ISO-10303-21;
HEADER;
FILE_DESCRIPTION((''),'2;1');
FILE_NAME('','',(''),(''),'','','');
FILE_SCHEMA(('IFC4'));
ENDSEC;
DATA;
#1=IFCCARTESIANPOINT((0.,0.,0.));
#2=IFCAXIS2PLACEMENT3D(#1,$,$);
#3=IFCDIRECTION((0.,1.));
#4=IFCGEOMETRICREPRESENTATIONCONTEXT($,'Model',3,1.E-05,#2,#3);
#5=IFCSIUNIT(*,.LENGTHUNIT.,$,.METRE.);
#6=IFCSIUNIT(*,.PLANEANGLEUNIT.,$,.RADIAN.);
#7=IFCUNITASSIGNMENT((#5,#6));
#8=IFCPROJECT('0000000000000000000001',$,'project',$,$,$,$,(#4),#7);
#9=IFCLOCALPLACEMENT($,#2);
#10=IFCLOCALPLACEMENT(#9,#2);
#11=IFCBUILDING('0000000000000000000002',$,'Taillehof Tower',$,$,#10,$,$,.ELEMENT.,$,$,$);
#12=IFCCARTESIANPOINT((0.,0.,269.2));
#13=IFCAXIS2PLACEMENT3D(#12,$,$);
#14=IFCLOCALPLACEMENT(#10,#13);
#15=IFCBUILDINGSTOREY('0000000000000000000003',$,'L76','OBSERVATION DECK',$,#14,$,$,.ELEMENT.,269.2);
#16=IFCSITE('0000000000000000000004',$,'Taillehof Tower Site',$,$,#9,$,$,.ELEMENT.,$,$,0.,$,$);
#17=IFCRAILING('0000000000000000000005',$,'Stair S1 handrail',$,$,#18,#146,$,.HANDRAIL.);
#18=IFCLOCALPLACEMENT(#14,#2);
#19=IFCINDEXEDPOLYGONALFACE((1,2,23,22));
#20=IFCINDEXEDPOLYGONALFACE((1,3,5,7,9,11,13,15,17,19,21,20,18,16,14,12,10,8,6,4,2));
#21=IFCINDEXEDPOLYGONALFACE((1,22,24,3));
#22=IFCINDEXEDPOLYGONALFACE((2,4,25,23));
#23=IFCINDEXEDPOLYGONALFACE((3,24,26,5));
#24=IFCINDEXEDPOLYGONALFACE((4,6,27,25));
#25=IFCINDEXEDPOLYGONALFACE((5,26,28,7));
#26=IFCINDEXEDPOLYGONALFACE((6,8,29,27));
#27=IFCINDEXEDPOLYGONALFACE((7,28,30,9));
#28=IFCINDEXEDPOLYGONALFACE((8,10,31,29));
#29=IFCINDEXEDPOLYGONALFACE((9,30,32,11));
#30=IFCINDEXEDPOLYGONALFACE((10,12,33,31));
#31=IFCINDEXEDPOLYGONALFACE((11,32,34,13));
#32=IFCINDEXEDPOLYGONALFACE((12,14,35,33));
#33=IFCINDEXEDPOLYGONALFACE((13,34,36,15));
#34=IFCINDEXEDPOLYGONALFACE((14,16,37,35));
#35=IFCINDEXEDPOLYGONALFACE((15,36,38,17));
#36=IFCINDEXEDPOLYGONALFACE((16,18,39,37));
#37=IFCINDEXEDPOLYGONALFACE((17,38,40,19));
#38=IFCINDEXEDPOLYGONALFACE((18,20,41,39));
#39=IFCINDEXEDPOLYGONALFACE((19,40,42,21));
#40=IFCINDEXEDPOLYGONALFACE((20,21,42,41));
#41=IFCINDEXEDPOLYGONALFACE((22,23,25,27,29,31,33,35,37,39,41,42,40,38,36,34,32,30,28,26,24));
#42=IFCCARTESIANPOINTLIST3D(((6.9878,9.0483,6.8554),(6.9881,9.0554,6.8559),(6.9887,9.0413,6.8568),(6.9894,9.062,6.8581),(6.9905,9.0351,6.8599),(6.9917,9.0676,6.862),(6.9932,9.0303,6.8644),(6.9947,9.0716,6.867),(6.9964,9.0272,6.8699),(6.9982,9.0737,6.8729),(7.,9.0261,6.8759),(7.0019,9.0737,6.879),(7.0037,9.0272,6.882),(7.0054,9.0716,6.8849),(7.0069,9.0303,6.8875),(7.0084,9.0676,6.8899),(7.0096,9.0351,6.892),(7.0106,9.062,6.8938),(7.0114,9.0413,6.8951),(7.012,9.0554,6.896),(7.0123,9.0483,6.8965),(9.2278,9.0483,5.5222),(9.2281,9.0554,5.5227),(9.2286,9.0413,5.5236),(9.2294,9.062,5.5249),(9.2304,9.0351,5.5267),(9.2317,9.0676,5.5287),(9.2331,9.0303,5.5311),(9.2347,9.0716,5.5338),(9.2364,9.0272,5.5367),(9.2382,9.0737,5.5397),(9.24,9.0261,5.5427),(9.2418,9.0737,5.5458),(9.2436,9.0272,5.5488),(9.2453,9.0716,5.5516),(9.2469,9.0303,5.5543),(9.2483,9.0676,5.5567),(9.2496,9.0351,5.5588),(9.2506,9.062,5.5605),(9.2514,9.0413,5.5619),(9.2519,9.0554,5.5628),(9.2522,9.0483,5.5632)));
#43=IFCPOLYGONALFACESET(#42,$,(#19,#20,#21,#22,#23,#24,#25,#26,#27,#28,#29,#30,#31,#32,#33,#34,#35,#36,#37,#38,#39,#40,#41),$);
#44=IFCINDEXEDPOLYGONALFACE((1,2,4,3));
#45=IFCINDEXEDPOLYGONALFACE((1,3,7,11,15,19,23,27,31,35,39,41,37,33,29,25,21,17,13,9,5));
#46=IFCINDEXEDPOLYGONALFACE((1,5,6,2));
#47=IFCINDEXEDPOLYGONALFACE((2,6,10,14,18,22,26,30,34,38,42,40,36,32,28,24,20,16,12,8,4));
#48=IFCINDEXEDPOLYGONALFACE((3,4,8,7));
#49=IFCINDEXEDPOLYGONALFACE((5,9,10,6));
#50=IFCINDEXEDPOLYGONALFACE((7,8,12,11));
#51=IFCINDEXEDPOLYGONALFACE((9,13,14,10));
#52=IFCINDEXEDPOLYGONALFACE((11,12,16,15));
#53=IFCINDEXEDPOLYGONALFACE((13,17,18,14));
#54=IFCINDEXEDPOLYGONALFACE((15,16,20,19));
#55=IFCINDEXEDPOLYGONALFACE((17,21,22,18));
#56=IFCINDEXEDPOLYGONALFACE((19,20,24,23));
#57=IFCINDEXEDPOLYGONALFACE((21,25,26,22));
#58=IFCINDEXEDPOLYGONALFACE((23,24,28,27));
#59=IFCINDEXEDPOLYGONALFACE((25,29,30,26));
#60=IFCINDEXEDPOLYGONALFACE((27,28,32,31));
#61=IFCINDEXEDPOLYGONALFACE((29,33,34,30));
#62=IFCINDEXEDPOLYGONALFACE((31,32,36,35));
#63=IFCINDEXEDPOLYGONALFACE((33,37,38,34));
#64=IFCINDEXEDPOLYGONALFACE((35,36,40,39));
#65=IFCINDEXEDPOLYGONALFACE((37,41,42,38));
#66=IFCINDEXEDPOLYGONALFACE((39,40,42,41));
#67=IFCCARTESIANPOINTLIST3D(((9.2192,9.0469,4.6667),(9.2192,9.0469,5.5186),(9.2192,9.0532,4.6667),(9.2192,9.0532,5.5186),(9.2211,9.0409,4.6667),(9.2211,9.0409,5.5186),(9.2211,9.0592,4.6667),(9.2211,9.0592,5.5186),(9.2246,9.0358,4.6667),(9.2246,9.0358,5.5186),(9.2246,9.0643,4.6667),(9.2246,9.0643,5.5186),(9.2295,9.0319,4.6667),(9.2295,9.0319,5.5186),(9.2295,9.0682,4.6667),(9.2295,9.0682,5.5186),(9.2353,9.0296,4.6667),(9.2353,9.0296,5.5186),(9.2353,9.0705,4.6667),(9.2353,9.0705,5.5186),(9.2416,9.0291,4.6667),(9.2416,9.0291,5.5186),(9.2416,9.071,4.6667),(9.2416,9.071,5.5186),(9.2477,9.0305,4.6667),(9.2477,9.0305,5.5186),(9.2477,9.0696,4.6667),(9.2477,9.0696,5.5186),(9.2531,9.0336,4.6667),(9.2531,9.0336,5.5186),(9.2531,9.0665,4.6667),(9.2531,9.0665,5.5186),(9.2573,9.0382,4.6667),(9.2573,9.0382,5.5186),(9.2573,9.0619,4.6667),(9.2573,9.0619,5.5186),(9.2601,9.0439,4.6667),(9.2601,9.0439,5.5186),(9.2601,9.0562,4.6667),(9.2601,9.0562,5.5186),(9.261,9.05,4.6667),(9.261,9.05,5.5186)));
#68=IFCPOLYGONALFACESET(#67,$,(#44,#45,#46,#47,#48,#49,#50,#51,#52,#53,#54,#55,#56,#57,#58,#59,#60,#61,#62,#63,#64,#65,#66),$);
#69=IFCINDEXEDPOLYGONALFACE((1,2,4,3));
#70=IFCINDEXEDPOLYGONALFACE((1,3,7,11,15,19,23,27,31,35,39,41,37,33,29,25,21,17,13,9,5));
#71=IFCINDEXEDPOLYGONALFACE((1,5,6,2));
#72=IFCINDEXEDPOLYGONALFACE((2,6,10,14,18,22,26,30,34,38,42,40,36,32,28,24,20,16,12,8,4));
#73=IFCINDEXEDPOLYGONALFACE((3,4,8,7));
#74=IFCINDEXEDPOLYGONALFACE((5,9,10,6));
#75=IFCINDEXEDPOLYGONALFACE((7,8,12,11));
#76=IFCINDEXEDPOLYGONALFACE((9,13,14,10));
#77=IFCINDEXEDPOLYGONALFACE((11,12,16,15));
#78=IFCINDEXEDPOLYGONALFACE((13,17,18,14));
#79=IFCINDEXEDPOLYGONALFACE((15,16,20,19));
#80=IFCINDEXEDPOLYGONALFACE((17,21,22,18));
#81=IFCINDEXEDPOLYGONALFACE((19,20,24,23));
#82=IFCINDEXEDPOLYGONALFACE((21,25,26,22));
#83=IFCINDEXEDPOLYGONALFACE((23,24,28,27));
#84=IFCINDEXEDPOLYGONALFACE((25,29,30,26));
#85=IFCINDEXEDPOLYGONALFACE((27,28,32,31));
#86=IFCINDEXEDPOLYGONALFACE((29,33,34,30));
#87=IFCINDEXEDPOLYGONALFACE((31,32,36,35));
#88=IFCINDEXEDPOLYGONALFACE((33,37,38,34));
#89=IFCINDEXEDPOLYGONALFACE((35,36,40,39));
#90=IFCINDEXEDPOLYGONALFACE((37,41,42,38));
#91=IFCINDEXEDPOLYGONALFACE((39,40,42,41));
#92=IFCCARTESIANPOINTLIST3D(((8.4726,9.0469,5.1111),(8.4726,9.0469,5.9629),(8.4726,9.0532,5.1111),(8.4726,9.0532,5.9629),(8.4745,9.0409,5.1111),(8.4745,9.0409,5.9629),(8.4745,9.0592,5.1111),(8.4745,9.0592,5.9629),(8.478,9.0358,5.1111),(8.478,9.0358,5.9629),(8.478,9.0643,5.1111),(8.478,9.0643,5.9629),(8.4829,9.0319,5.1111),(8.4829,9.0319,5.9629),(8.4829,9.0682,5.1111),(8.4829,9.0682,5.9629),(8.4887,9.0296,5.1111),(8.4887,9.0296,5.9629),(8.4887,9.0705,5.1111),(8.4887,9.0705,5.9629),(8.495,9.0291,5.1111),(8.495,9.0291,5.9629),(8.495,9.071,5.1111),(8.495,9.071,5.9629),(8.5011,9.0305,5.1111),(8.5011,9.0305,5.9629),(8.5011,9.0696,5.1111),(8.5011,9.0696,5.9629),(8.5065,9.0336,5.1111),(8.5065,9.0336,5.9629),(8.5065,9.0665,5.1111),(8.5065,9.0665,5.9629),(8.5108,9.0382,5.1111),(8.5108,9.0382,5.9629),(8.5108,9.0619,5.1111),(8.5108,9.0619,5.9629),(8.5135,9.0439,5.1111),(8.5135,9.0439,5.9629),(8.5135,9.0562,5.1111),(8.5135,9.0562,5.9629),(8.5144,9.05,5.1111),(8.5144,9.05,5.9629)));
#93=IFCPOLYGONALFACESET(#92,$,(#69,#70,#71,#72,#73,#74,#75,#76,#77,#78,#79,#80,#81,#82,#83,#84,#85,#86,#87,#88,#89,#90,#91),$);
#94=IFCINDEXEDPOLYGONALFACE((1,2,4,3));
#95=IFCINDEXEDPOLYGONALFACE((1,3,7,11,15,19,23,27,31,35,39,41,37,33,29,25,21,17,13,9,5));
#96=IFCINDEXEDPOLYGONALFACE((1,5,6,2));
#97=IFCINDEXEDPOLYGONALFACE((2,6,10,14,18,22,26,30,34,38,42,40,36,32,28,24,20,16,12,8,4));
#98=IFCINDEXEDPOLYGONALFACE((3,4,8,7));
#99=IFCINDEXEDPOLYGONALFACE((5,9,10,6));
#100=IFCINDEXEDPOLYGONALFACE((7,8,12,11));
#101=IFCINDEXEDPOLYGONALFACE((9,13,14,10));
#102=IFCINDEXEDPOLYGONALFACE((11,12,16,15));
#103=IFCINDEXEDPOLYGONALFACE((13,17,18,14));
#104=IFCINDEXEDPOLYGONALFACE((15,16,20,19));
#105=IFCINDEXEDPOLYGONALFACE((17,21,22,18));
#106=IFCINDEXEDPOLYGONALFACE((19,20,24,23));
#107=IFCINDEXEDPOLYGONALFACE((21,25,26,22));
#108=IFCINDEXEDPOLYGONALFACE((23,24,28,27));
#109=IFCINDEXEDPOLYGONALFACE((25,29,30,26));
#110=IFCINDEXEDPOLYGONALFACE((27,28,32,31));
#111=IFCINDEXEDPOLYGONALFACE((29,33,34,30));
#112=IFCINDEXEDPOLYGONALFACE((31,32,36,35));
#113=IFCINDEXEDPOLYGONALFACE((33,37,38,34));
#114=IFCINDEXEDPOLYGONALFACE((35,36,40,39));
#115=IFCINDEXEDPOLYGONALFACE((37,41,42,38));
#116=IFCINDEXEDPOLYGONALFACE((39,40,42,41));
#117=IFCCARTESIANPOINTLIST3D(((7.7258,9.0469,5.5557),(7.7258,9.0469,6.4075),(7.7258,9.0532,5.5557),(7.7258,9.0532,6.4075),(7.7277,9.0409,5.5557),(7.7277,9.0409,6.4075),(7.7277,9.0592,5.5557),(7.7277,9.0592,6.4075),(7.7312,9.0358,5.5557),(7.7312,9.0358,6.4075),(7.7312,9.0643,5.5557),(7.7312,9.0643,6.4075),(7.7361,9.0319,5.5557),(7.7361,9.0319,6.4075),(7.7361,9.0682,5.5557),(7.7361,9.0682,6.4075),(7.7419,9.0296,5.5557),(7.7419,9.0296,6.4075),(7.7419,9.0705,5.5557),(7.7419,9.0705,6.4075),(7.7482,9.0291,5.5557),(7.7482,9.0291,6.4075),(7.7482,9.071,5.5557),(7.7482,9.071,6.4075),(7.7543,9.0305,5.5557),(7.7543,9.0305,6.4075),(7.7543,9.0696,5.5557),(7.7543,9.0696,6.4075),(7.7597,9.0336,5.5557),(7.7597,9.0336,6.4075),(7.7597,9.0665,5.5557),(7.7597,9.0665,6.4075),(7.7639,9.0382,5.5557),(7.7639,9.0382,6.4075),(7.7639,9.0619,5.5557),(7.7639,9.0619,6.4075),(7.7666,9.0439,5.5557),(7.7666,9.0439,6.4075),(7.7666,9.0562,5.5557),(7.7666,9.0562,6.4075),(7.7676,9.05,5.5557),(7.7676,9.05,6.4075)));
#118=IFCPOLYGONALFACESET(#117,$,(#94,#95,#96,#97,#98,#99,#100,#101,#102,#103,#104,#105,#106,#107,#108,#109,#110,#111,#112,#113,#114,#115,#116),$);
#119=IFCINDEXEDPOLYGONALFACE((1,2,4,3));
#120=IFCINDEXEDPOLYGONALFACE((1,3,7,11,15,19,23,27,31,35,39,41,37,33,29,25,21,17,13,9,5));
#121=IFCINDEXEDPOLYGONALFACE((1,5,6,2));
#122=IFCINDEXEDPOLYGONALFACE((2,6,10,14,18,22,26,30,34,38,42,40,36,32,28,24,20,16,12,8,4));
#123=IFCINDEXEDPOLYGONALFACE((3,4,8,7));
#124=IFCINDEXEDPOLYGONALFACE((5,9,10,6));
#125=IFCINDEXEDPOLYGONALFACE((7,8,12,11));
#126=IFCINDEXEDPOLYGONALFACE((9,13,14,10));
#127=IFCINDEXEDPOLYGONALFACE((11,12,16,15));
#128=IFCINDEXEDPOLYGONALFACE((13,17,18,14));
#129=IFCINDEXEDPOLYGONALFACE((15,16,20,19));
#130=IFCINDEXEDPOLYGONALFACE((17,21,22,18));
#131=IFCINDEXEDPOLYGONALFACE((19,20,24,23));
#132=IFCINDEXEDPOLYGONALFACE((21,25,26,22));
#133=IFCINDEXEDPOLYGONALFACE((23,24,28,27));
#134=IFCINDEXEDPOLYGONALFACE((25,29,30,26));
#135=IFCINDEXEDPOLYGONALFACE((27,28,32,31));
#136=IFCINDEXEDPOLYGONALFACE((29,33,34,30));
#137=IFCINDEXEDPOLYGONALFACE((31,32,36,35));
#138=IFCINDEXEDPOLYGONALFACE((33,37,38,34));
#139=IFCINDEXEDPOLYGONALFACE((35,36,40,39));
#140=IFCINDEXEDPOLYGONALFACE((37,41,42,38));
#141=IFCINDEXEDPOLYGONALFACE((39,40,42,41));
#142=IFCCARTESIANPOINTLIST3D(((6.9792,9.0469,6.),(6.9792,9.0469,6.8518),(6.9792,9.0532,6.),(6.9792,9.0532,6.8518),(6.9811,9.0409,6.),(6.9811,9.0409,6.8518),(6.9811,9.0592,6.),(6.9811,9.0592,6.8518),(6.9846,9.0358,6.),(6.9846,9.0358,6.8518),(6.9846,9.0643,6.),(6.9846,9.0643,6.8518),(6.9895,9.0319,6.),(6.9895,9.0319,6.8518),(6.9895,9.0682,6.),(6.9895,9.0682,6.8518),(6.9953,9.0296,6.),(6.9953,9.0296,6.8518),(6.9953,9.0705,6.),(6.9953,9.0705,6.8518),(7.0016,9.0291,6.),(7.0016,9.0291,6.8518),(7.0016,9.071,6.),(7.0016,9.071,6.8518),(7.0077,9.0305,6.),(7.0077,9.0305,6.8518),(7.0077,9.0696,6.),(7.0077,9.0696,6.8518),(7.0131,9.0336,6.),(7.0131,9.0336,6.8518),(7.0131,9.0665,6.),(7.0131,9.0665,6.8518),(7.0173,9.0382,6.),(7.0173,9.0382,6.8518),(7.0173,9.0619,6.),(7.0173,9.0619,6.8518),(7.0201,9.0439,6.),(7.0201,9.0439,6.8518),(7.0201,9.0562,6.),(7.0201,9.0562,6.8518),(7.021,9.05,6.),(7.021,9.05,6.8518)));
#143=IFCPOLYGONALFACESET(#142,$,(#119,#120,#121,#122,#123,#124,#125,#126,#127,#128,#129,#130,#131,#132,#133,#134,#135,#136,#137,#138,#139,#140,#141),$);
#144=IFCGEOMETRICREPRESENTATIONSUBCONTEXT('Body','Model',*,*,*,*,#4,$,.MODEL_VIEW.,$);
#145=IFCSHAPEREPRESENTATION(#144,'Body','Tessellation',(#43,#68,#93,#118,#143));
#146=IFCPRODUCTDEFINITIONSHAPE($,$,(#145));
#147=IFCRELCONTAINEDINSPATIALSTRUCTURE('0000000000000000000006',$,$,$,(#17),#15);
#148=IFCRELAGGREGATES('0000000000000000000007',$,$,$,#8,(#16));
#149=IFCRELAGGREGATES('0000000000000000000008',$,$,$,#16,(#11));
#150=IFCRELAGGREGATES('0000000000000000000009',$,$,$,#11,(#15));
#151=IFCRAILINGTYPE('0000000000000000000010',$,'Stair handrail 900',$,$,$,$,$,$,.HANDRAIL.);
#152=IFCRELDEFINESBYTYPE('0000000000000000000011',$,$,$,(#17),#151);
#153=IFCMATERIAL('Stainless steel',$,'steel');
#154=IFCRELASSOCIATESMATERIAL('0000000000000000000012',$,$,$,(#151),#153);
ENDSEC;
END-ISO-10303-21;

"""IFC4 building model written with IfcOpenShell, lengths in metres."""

from ifc_helpers import new_model, si_unit, direction, frame, origin, origin_2d, place, context, subcontext, project, spatial, circle, extrude, material, type_object, element, save


model = new_model("IFC4")

# Units and contexts
model_context = context("Model", 3, precision=1e-05, world=origin(), true_north=direction((0.0, 1.0)))
body_context = subcontext(model_context, "Body", "Model", "MODEL_VIEW")
ifc_project = project(units=[si_unit("LENGTHUNIT", "METRE"), si_unit("PLANEANGLEUNIT", "RADIAN")], contexts=[model_context])

# Site, building, storey
site_placement = place(None, origin())
site = spatial("IfcSite", under=ifc_project, at=site_placement, Name="Taillehof Tower Site", CompositionType="ELEMENT", RefElevation=0.0)
building_placement = place(site_placement, origin())
building = spatial("IfcBuilding", under=site, at=building_placement, Name="Taillehof Tower", CompositionType="ELEMENT")
storey_placement = place(building_placement, frame((0.0, 0.0, 269.2)))
storey = spatial("IfcBuildingStorey", under=building, at=storey_placement, Name="L76", Description="OBSERVATION DECK", CompositionType="ELEMENT", Elevation=269.2)

# Railing
ifc_material_1 = material(Name="Stainless steel", Category="steel")
railing_type = type_object("IfcRailingType", Name="Stair handrail 900", PredefinedType="HANDRAIL", material=ifc_material_1)
railing_placement = place(storey_placement, frame((9.24, 9.05, 4.6667)))
element("IfcRailing", 1, at=railing_placement, inside=storey, type_object=railing_type, Name="Stair S1 handrail", PredefinedType="HANDRAIL", context=body_context, shape_type="SweptSolid", body=[
    extrude(circle(Radius=0.0239, at=origin_2d()), frame((0.0, 0.0, 0.876), z_axis=(-0.859306, 0.0, 0.511462), x_axis=(0.0, -1.0, 0.0)), (0.0, 0.0, 1.0), 2.6067),
    extrude(circle(Radius=0.021, at=origin_2d()), origin(), (0.0, 0.0, 1.0), 0.8518),
    extrude(circle(Radius=0.021, at=origin_2d()), frame((-0.7466, 0.0, 0.4443)), (0.0, 0.0, 1.0), 0.8518),
    extrude(circle(Radius=0.021, at=origin_2d()), frame((-1.4934, 0.0, 0.8889)), (0.0, 0.0, 1.0), 0.8518),
    extrude(circle(Radius=0.021, at=origin_2d()), frame((-2.24, 0.0, 1.3333)), (0.0, 0.0, 1.0), 0.8518),
])

save(model, "model.ifc")
